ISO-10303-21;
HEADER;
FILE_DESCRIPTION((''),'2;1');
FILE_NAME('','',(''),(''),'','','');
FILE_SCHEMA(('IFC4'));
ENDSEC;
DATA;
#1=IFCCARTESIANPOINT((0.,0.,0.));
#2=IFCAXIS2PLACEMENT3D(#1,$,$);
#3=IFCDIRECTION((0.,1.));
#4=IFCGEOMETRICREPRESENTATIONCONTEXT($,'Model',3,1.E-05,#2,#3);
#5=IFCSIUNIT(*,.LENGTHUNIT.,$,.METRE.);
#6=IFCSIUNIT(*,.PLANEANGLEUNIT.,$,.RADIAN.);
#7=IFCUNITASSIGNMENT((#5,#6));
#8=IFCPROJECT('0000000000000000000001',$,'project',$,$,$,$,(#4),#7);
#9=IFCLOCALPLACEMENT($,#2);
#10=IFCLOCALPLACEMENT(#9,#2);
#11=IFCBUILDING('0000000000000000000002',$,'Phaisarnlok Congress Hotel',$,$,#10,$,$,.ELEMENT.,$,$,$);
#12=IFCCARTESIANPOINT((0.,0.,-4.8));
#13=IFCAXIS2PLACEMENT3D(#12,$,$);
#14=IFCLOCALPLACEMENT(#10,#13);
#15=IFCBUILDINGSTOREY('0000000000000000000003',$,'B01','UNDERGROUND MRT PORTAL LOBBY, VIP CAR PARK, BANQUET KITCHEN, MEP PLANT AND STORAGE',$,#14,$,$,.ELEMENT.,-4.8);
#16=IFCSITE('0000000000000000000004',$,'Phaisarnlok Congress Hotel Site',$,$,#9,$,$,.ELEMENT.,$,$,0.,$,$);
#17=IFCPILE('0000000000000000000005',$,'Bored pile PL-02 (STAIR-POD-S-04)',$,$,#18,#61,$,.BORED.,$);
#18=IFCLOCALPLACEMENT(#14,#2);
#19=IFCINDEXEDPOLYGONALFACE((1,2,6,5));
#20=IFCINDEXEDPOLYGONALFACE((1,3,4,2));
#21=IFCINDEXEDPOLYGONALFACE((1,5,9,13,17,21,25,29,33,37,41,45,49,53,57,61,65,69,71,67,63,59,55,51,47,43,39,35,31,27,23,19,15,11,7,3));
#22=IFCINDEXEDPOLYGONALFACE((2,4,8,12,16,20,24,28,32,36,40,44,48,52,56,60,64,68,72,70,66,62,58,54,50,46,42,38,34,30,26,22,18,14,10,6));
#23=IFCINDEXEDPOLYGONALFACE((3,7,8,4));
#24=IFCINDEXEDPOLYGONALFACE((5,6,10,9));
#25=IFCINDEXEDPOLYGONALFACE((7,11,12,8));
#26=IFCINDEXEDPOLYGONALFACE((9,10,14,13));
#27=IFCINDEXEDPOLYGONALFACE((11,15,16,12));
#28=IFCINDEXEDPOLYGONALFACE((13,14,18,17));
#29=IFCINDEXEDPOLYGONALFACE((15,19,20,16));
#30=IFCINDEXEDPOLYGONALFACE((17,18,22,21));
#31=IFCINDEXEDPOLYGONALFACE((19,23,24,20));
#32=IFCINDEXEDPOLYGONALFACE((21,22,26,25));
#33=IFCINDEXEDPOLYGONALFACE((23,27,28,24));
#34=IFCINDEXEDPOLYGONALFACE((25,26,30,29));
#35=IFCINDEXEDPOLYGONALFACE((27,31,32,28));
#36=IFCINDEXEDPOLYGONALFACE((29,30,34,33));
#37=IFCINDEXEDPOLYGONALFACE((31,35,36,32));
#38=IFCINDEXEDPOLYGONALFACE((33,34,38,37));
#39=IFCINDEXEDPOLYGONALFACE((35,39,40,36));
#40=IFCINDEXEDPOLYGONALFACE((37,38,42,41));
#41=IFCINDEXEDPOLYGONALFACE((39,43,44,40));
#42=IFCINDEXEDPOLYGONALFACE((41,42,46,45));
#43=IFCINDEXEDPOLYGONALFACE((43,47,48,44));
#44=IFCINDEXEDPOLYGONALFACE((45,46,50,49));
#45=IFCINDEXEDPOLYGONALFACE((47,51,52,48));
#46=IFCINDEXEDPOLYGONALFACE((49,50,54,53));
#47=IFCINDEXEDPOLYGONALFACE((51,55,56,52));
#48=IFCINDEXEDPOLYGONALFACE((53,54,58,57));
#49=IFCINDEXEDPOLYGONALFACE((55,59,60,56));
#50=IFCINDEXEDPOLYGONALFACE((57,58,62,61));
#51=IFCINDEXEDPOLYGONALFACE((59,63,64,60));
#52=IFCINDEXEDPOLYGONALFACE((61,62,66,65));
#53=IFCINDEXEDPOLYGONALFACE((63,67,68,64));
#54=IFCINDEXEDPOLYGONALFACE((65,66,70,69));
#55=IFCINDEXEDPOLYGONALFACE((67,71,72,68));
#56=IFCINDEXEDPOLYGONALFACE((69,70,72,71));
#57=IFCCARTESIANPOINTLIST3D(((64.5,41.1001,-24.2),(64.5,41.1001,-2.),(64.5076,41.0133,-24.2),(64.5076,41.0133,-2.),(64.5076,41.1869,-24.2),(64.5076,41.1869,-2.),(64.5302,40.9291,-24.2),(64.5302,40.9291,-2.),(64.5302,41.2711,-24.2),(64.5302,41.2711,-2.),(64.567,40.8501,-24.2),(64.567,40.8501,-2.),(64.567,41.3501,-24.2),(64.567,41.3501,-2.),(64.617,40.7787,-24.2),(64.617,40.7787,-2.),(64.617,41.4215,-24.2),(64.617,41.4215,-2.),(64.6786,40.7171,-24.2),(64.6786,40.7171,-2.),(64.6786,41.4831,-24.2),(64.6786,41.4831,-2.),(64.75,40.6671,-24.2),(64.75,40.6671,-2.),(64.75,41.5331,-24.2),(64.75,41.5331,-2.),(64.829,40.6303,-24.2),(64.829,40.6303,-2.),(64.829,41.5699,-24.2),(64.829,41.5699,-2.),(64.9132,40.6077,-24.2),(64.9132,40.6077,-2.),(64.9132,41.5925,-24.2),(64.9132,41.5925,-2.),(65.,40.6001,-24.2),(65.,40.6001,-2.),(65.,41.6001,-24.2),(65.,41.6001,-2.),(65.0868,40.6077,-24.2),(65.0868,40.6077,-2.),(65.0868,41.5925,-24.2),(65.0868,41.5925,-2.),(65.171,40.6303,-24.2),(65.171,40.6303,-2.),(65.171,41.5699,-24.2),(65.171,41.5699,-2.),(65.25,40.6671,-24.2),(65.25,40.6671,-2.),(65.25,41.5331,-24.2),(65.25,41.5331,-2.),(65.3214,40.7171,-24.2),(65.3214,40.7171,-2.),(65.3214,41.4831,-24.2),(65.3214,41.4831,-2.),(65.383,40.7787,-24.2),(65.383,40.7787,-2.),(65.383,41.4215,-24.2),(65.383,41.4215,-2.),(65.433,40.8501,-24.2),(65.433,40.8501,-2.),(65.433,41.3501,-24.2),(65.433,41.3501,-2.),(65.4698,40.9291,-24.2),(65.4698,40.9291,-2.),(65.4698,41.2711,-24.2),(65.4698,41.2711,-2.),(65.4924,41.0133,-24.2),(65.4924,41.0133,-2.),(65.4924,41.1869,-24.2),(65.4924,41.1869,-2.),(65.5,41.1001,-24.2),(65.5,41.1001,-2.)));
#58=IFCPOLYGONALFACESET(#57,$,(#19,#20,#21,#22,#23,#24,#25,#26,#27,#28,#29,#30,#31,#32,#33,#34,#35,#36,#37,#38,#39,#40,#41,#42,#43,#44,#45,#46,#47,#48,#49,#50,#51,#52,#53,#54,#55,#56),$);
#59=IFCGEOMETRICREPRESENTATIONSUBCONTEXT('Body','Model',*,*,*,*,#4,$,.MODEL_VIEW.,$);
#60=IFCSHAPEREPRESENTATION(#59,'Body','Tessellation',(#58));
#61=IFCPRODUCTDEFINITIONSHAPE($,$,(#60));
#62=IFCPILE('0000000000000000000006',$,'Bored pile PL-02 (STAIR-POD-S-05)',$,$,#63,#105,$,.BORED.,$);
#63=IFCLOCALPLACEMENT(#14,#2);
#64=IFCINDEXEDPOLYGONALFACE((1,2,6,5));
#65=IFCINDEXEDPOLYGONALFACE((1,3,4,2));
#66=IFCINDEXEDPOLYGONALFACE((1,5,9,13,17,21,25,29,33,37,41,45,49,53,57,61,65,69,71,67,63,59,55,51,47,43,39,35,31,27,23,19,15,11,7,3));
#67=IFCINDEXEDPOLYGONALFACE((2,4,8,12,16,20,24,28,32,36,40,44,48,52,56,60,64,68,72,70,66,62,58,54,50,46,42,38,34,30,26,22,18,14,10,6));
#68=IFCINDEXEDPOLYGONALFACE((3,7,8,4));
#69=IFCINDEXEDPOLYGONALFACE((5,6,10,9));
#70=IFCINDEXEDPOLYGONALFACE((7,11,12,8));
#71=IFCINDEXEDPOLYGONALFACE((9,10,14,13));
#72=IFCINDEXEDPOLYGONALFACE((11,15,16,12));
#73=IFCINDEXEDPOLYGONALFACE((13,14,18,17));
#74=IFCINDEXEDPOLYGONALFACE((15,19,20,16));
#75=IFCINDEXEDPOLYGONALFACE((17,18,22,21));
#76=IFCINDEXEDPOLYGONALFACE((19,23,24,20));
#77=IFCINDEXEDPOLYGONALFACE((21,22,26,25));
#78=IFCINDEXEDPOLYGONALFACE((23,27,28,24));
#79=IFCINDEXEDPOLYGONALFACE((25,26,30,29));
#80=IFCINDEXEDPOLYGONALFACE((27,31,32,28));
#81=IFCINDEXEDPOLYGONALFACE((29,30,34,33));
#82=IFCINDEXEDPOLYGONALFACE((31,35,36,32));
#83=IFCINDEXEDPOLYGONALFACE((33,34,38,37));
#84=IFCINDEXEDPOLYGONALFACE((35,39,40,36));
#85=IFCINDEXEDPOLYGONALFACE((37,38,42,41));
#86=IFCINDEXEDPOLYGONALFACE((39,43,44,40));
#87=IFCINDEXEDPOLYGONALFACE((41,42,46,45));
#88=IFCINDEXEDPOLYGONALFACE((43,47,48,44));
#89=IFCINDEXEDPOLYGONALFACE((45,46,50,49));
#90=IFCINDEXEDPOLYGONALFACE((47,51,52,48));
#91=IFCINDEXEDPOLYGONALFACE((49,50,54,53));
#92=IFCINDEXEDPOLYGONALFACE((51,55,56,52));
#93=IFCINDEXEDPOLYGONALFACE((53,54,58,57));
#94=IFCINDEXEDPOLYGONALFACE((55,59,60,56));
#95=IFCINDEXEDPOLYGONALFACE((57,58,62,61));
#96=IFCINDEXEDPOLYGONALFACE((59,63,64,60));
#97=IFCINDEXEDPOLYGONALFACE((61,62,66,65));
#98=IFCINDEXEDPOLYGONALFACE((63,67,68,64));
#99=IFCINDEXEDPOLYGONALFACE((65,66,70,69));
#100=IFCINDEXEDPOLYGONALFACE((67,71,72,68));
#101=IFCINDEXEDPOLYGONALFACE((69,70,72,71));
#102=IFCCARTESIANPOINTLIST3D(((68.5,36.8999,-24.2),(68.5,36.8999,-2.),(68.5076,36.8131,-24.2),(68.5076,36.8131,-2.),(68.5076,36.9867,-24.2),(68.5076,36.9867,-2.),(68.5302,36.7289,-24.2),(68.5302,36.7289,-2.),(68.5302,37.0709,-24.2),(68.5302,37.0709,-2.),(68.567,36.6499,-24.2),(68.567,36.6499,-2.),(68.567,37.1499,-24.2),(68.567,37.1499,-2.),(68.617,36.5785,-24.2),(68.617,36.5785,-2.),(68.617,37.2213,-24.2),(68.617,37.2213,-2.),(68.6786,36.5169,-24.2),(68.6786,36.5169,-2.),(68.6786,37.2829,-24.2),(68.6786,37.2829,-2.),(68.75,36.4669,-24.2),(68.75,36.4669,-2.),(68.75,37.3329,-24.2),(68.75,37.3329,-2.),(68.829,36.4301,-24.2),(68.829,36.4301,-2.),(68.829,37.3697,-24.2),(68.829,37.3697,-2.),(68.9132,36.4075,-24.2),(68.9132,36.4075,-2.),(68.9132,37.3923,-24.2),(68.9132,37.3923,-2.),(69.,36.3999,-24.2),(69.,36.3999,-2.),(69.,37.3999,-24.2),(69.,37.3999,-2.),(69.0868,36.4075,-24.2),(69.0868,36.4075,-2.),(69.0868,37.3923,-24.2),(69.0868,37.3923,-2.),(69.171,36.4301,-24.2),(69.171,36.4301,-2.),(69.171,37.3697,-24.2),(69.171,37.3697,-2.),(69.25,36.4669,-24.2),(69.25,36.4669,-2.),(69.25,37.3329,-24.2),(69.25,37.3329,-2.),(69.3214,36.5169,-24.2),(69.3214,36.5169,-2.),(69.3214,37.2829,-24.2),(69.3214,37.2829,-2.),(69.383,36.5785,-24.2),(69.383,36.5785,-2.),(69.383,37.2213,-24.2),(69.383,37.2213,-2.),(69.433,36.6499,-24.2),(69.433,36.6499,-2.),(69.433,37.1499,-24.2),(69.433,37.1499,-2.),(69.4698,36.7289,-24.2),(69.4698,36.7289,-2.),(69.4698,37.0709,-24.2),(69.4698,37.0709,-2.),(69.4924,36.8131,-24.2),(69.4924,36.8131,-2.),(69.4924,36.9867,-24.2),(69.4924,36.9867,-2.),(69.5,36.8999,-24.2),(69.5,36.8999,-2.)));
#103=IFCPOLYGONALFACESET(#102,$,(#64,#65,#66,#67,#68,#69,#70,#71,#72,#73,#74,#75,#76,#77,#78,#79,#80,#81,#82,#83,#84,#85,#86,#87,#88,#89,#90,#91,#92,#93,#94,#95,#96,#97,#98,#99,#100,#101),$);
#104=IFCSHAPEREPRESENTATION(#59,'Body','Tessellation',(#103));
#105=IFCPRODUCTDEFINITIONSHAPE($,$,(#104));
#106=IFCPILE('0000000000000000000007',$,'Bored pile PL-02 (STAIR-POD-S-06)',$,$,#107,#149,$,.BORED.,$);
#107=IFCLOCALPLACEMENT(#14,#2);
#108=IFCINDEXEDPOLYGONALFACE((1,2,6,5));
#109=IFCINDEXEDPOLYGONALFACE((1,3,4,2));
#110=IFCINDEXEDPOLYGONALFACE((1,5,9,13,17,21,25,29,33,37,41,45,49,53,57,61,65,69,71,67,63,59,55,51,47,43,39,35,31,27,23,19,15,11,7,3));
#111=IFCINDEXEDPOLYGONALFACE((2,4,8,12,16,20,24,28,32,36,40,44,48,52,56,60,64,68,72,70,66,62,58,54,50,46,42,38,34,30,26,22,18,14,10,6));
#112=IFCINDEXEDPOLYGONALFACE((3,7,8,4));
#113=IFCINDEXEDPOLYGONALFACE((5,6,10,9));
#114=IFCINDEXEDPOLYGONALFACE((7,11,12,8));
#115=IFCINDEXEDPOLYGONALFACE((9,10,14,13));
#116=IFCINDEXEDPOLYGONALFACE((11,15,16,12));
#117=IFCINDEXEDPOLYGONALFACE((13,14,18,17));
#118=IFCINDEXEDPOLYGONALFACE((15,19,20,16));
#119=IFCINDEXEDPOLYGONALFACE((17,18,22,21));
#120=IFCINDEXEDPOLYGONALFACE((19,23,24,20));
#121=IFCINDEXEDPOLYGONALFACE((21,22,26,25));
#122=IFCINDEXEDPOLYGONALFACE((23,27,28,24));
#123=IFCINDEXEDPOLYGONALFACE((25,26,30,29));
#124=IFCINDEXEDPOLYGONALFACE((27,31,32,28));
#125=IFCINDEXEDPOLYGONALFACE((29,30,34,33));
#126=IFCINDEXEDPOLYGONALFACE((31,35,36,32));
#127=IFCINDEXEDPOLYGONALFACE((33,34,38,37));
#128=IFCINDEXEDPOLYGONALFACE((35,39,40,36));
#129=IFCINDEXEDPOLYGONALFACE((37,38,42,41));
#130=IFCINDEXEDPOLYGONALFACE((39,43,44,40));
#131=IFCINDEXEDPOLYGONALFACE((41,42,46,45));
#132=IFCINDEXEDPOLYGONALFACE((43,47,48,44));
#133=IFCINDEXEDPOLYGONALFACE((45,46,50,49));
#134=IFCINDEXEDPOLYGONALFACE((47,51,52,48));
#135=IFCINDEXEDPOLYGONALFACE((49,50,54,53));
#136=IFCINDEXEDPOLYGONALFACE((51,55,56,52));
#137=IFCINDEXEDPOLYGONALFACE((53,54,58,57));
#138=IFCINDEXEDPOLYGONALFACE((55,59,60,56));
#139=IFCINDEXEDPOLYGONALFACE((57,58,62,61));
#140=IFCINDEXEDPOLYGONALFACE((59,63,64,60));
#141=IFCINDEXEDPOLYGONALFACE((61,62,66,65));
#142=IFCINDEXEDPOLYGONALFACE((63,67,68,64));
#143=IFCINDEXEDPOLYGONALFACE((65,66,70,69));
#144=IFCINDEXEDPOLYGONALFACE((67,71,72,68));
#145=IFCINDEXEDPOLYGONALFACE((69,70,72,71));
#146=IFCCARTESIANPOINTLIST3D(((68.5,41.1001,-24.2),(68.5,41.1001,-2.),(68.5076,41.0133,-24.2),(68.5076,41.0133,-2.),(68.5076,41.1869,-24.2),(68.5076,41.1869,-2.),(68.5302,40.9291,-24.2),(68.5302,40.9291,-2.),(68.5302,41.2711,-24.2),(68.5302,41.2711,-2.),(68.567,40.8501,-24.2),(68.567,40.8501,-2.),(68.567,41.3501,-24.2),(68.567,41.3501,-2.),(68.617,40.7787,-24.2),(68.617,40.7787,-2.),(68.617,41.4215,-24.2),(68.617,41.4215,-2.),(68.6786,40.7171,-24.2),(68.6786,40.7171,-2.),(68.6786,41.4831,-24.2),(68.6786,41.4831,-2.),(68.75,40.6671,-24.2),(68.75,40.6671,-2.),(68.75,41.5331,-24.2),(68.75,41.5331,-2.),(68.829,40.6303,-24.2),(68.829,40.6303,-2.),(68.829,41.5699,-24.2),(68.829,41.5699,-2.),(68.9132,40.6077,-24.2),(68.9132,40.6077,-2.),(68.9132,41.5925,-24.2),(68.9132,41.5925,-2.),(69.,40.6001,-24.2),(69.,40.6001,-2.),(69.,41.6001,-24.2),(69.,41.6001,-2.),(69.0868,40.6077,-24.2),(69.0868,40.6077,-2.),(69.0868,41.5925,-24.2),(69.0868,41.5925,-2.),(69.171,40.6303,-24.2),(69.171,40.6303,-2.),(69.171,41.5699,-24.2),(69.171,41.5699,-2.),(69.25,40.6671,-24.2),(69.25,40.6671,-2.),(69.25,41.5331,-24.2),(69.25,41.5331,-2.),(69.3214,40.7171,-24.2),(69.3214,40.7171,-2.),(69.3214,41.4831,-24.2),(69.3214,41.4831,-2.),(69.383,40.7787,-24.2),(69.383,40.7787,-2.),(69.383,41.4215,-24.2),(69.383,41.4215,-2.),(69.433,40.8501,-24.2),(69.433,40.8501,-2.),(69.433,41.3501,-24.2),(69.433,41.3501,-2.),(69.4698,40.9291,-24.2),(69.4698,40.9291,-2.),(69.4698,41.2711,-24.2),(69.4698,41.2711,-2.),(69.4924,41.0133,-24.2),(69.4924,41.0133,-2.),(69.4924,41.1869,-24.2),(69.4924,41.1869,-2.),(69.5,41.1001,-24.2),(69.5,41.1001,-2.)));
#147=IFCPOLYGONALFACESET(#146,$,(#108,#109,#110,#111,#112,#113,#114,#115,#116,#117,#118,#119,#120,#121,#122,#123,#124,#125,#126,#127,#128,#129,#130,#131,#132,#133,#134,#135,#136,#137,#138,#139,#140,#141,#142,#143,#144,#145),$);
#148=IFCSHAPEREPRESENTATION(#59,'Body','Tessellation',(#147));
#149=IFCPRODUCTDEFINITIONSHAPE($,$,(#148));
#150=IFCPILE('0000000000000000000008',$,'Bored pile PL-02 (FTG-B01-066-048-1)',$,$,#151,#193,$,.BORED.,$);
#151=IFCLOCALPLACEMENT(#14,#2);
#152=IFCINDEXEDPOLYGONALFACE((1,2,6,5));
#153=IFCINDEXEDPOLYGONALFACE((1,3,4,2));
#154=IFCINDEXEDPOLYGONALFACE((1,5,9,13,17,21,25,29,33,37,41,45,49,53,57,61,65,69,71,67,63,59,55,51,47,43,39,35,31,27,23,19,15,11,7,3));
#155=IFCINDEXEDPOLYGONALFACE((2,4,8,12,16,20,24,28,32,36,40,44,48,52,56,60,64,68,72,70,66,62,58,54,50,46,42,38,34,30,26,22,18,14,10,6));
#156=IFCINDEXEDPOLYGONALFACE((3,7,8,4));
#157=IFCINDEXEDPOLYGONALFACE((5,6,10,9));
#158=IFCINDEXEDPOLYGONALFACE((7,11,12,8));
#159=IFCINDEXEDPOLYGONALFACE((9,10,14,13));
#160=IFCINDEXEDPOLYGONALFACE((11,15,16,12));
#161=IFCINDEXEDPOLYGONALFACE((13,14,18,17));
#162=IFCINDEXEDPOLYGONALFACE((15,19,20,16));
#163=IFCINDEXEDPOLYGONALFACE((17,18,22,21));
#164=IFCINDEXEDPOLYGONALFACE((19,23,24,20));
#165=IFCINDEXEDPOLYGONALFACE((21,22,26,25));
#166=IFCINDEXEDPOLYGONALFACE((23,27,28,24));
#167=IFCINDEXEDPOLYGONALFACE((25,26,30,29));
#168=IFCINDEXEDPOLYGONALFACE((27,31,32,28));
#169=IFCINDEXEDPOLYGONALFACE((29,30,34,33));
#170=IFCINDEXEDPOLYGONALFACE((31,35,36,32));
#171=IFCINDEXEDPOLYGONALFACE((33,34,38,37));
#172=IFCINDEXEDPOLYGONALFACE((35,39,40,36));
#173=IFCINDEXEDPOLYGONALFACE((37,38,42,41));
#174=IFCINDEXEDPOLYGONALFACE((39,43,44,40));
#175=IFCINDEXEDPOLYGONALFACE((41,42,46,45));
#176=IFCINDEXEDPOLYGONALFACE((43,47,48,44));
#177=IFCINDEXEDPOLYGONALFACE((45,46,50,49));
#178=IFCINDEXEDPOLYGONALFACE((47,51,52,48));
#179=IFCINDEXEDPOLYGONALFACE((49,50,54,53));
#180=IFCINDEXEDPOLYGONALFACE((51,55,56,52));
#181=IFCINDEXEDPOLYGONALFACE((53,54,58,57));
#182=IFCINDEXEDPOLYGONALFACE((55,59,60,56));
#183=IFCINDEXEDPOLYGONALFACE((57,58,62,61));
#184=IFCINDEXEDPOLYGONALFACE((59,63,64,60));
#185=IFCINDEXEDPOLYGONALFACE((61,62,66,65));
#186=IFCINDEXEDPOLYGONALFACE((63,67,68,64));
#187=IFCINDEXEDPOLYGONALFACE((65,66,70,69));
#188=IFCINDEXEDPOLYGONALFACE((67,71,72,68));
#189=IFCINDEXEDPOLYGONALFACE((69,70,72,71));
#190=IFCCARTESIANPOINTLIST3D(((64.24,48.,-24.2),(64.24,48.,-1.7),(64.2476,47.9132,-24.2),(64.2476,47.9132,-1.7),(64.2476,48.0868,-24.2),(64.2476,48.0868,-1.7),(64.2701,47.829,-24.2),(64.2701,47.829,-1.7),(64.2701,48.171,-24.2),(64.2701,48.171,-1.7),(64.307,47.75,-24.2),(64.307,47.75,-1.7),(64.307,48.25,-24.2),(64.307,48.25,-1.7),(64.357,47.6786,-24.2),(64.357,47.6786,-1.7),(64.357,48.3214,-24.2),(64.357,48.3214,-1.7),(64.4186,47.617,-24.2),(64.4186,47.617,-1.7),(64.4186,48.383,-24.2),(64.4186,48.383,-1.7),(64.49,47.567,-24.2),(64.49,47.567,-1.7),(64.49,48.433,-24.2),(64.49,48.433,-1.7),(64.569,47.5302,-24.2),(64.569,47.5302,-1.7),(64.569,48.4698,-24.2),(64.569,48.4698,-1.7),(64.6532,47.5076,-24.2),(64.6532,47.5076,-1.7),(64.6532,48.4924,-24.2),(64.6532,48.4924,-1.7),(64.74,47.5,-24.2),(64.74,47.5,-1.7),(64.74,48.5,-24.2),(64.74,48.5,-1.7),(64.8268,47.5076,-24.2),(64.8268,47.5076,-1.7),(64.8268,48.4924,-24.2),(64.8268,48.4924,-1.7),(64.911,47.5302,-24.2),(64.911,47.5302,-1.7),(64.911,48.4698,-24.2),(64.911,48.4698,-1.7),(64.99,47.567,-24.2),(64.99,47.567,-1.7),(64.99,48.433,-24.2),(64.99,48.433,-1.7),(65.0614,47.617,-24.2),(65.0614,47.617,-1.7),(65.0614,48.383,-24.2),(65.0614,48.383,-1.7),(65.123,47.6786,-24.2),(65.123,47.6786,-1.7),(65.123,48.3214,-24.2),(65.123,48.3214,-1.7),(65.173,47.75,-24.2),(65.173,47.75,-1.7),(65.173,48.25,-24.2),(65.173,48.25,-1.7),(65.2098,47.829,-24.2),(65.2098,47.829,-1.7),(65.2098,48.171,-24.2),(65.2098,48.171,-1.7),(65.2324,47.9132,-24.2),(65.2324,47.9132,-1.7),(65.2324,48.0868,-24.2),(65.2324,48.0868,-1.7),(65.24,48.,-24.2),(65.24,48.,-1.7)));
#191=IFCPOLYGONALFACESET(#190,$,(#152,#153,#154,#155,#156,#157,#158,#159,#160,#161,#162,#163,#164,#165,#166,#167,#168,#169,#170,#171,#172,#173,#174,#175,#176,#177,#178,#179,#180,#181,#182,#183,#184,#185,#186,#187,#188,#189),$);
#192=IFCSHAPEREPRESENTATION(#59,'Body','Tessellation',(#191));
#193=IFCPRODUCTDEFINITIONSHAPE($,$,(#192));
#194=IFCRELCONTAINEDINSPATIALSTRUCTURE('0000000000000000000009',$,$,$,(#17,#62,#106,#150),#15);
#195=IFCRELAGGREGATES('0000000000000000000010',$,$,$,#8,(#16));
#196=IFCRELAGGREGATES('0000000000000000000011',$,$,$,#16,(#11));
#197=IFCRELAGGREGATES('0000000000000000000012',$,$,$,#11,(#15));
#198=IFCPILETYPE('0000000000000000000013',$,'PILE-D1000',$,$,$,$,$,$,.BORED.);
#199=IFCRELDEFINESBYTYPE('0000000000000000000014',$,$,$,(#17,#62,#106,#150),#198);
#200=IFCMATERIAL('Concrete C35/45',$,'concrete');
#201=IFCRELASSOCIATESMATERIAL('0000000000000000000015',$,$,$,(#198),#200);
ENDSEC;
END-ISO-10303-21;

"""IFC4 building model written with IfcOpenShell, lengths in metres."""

from ifc_helpers import new_model, si_unit, direction, frame, origin, origin_2d, place, context, subcontext, project, spatial, circle, extrude, material, material_profile, profile_set, type_object, element, save


model = new_model("IFC4")

# Units and contexts
model_context = context("Model", 3, precision=1e-05, world=origin(), true_north=direction((0.0, 1.0)))
body_context = subcontext(model_context, "Body", "Model", "MODEL_VIEW")
ifc_project = project(units=[si_unit("LENGTHUNIT", "METRE"), si_unit("PLANEANGLEUNIT", "RADIAN")], contexts=[model_context])

# Site, building, storey
site_placement = place(None, origin())
site = spatial("IfcSite", under=ifc_project, at=site_placement, Name="Phaisarnlok Congress Hotel Site", CompositionType="ELEMENT", RefElevation=0.0)
building_placement = place(site_placement, origin())
building = spatial("IfcBuilding", under=site, at=building_placement, Name="Phaisarnlok Congress Hotel", CompositionType="ELEMENT")
storey_placement = place(building_placement, frame((0.0, 0.0, -4.8)))
storey = spatial("IfcBuildingStorey", under=building, at=storey_placement, Name="B01", Description="UNDERGROUND MRT PORTAL LOBBY, VIP CAR PARK, BANQUET KITCHEN, MEP PLANT AND STORAGE", CompositionType="ELEMENT", Elevation=-4.8)

# Piles
ifc_material_1 = material(Name="Concrete C35/45", Category="concrete")
ifc_material_profile_1 = material_profile(ifc_material_1, circle(Radius=0.5, at=origin_2d()), Name="BORED PILE D1000")
ifc_profile_set_1 = profile_set([ifc_material_profile_1], Name="Concrete C35/45")
pile_type_1 = type_object("IfcPileType", Name="PILE-D1000", PredefinedType="BORED", material=ifc_profile_set_1)
for number, where, z_axis, x_axis, name in (
    (1, (65.0, 41.1001, -2.0), (0.0, 0.0, -1.0), (1.0, 0.0, 0.0), "Bored pile PL-02 (STAIR-POD-S-04)"),
    (2, (69.0, 36.8999, -2.0), (0.0, 0.0, -1.0), (1.0, 0.0, 0.0), "Bored pile PL-02 (STAIR-POD-S-05)"),
    (3, (69.0, 41.1001, -2.0), (0.0, 0.0, -1.0), (1.0, 0.0, 0.0), "Bored pile PL-02 (STAIR-POD-S-06)"),
):
    element("IfcPile", number, at=place(storey_placement, frame(where, z_axis=z_axis, x_axis=x_axis)), inside=storey, type_object=pile_type_1, Name=name, PredefinedType="BORED", context=body_context, shape_type="SweptSolid", body=[
        extrude(circle(Radius=0.5, at=origin_2d()), origin(), (0.0, 0.0, 1.0), 22.2),
    ])
for number, where, z_axis, x_axis, name in (
    (4, (64.74, 48.0, -1.7), (0.0, 0.0, -1.0), (1.0, 0.0, 0.0), "Bored pile PL-02 (FTG-B01-066-048-1)"),
):
    element("IfcPile", number, at=place(storey_placement, frame(where, z_axis=z_axis, x_axis=x_axis)), inside=storey, type_object=pile_type_1, Name=name, PredefinedType="BORED", context=body_context, shape_type="SweptSolid", body=[
        extrude(circle(Radius=0.5, at=origin_2d()), origin(), (0.0, 0.0, 1.0), 22.5),
    ])

save(model, "model.ifc")
